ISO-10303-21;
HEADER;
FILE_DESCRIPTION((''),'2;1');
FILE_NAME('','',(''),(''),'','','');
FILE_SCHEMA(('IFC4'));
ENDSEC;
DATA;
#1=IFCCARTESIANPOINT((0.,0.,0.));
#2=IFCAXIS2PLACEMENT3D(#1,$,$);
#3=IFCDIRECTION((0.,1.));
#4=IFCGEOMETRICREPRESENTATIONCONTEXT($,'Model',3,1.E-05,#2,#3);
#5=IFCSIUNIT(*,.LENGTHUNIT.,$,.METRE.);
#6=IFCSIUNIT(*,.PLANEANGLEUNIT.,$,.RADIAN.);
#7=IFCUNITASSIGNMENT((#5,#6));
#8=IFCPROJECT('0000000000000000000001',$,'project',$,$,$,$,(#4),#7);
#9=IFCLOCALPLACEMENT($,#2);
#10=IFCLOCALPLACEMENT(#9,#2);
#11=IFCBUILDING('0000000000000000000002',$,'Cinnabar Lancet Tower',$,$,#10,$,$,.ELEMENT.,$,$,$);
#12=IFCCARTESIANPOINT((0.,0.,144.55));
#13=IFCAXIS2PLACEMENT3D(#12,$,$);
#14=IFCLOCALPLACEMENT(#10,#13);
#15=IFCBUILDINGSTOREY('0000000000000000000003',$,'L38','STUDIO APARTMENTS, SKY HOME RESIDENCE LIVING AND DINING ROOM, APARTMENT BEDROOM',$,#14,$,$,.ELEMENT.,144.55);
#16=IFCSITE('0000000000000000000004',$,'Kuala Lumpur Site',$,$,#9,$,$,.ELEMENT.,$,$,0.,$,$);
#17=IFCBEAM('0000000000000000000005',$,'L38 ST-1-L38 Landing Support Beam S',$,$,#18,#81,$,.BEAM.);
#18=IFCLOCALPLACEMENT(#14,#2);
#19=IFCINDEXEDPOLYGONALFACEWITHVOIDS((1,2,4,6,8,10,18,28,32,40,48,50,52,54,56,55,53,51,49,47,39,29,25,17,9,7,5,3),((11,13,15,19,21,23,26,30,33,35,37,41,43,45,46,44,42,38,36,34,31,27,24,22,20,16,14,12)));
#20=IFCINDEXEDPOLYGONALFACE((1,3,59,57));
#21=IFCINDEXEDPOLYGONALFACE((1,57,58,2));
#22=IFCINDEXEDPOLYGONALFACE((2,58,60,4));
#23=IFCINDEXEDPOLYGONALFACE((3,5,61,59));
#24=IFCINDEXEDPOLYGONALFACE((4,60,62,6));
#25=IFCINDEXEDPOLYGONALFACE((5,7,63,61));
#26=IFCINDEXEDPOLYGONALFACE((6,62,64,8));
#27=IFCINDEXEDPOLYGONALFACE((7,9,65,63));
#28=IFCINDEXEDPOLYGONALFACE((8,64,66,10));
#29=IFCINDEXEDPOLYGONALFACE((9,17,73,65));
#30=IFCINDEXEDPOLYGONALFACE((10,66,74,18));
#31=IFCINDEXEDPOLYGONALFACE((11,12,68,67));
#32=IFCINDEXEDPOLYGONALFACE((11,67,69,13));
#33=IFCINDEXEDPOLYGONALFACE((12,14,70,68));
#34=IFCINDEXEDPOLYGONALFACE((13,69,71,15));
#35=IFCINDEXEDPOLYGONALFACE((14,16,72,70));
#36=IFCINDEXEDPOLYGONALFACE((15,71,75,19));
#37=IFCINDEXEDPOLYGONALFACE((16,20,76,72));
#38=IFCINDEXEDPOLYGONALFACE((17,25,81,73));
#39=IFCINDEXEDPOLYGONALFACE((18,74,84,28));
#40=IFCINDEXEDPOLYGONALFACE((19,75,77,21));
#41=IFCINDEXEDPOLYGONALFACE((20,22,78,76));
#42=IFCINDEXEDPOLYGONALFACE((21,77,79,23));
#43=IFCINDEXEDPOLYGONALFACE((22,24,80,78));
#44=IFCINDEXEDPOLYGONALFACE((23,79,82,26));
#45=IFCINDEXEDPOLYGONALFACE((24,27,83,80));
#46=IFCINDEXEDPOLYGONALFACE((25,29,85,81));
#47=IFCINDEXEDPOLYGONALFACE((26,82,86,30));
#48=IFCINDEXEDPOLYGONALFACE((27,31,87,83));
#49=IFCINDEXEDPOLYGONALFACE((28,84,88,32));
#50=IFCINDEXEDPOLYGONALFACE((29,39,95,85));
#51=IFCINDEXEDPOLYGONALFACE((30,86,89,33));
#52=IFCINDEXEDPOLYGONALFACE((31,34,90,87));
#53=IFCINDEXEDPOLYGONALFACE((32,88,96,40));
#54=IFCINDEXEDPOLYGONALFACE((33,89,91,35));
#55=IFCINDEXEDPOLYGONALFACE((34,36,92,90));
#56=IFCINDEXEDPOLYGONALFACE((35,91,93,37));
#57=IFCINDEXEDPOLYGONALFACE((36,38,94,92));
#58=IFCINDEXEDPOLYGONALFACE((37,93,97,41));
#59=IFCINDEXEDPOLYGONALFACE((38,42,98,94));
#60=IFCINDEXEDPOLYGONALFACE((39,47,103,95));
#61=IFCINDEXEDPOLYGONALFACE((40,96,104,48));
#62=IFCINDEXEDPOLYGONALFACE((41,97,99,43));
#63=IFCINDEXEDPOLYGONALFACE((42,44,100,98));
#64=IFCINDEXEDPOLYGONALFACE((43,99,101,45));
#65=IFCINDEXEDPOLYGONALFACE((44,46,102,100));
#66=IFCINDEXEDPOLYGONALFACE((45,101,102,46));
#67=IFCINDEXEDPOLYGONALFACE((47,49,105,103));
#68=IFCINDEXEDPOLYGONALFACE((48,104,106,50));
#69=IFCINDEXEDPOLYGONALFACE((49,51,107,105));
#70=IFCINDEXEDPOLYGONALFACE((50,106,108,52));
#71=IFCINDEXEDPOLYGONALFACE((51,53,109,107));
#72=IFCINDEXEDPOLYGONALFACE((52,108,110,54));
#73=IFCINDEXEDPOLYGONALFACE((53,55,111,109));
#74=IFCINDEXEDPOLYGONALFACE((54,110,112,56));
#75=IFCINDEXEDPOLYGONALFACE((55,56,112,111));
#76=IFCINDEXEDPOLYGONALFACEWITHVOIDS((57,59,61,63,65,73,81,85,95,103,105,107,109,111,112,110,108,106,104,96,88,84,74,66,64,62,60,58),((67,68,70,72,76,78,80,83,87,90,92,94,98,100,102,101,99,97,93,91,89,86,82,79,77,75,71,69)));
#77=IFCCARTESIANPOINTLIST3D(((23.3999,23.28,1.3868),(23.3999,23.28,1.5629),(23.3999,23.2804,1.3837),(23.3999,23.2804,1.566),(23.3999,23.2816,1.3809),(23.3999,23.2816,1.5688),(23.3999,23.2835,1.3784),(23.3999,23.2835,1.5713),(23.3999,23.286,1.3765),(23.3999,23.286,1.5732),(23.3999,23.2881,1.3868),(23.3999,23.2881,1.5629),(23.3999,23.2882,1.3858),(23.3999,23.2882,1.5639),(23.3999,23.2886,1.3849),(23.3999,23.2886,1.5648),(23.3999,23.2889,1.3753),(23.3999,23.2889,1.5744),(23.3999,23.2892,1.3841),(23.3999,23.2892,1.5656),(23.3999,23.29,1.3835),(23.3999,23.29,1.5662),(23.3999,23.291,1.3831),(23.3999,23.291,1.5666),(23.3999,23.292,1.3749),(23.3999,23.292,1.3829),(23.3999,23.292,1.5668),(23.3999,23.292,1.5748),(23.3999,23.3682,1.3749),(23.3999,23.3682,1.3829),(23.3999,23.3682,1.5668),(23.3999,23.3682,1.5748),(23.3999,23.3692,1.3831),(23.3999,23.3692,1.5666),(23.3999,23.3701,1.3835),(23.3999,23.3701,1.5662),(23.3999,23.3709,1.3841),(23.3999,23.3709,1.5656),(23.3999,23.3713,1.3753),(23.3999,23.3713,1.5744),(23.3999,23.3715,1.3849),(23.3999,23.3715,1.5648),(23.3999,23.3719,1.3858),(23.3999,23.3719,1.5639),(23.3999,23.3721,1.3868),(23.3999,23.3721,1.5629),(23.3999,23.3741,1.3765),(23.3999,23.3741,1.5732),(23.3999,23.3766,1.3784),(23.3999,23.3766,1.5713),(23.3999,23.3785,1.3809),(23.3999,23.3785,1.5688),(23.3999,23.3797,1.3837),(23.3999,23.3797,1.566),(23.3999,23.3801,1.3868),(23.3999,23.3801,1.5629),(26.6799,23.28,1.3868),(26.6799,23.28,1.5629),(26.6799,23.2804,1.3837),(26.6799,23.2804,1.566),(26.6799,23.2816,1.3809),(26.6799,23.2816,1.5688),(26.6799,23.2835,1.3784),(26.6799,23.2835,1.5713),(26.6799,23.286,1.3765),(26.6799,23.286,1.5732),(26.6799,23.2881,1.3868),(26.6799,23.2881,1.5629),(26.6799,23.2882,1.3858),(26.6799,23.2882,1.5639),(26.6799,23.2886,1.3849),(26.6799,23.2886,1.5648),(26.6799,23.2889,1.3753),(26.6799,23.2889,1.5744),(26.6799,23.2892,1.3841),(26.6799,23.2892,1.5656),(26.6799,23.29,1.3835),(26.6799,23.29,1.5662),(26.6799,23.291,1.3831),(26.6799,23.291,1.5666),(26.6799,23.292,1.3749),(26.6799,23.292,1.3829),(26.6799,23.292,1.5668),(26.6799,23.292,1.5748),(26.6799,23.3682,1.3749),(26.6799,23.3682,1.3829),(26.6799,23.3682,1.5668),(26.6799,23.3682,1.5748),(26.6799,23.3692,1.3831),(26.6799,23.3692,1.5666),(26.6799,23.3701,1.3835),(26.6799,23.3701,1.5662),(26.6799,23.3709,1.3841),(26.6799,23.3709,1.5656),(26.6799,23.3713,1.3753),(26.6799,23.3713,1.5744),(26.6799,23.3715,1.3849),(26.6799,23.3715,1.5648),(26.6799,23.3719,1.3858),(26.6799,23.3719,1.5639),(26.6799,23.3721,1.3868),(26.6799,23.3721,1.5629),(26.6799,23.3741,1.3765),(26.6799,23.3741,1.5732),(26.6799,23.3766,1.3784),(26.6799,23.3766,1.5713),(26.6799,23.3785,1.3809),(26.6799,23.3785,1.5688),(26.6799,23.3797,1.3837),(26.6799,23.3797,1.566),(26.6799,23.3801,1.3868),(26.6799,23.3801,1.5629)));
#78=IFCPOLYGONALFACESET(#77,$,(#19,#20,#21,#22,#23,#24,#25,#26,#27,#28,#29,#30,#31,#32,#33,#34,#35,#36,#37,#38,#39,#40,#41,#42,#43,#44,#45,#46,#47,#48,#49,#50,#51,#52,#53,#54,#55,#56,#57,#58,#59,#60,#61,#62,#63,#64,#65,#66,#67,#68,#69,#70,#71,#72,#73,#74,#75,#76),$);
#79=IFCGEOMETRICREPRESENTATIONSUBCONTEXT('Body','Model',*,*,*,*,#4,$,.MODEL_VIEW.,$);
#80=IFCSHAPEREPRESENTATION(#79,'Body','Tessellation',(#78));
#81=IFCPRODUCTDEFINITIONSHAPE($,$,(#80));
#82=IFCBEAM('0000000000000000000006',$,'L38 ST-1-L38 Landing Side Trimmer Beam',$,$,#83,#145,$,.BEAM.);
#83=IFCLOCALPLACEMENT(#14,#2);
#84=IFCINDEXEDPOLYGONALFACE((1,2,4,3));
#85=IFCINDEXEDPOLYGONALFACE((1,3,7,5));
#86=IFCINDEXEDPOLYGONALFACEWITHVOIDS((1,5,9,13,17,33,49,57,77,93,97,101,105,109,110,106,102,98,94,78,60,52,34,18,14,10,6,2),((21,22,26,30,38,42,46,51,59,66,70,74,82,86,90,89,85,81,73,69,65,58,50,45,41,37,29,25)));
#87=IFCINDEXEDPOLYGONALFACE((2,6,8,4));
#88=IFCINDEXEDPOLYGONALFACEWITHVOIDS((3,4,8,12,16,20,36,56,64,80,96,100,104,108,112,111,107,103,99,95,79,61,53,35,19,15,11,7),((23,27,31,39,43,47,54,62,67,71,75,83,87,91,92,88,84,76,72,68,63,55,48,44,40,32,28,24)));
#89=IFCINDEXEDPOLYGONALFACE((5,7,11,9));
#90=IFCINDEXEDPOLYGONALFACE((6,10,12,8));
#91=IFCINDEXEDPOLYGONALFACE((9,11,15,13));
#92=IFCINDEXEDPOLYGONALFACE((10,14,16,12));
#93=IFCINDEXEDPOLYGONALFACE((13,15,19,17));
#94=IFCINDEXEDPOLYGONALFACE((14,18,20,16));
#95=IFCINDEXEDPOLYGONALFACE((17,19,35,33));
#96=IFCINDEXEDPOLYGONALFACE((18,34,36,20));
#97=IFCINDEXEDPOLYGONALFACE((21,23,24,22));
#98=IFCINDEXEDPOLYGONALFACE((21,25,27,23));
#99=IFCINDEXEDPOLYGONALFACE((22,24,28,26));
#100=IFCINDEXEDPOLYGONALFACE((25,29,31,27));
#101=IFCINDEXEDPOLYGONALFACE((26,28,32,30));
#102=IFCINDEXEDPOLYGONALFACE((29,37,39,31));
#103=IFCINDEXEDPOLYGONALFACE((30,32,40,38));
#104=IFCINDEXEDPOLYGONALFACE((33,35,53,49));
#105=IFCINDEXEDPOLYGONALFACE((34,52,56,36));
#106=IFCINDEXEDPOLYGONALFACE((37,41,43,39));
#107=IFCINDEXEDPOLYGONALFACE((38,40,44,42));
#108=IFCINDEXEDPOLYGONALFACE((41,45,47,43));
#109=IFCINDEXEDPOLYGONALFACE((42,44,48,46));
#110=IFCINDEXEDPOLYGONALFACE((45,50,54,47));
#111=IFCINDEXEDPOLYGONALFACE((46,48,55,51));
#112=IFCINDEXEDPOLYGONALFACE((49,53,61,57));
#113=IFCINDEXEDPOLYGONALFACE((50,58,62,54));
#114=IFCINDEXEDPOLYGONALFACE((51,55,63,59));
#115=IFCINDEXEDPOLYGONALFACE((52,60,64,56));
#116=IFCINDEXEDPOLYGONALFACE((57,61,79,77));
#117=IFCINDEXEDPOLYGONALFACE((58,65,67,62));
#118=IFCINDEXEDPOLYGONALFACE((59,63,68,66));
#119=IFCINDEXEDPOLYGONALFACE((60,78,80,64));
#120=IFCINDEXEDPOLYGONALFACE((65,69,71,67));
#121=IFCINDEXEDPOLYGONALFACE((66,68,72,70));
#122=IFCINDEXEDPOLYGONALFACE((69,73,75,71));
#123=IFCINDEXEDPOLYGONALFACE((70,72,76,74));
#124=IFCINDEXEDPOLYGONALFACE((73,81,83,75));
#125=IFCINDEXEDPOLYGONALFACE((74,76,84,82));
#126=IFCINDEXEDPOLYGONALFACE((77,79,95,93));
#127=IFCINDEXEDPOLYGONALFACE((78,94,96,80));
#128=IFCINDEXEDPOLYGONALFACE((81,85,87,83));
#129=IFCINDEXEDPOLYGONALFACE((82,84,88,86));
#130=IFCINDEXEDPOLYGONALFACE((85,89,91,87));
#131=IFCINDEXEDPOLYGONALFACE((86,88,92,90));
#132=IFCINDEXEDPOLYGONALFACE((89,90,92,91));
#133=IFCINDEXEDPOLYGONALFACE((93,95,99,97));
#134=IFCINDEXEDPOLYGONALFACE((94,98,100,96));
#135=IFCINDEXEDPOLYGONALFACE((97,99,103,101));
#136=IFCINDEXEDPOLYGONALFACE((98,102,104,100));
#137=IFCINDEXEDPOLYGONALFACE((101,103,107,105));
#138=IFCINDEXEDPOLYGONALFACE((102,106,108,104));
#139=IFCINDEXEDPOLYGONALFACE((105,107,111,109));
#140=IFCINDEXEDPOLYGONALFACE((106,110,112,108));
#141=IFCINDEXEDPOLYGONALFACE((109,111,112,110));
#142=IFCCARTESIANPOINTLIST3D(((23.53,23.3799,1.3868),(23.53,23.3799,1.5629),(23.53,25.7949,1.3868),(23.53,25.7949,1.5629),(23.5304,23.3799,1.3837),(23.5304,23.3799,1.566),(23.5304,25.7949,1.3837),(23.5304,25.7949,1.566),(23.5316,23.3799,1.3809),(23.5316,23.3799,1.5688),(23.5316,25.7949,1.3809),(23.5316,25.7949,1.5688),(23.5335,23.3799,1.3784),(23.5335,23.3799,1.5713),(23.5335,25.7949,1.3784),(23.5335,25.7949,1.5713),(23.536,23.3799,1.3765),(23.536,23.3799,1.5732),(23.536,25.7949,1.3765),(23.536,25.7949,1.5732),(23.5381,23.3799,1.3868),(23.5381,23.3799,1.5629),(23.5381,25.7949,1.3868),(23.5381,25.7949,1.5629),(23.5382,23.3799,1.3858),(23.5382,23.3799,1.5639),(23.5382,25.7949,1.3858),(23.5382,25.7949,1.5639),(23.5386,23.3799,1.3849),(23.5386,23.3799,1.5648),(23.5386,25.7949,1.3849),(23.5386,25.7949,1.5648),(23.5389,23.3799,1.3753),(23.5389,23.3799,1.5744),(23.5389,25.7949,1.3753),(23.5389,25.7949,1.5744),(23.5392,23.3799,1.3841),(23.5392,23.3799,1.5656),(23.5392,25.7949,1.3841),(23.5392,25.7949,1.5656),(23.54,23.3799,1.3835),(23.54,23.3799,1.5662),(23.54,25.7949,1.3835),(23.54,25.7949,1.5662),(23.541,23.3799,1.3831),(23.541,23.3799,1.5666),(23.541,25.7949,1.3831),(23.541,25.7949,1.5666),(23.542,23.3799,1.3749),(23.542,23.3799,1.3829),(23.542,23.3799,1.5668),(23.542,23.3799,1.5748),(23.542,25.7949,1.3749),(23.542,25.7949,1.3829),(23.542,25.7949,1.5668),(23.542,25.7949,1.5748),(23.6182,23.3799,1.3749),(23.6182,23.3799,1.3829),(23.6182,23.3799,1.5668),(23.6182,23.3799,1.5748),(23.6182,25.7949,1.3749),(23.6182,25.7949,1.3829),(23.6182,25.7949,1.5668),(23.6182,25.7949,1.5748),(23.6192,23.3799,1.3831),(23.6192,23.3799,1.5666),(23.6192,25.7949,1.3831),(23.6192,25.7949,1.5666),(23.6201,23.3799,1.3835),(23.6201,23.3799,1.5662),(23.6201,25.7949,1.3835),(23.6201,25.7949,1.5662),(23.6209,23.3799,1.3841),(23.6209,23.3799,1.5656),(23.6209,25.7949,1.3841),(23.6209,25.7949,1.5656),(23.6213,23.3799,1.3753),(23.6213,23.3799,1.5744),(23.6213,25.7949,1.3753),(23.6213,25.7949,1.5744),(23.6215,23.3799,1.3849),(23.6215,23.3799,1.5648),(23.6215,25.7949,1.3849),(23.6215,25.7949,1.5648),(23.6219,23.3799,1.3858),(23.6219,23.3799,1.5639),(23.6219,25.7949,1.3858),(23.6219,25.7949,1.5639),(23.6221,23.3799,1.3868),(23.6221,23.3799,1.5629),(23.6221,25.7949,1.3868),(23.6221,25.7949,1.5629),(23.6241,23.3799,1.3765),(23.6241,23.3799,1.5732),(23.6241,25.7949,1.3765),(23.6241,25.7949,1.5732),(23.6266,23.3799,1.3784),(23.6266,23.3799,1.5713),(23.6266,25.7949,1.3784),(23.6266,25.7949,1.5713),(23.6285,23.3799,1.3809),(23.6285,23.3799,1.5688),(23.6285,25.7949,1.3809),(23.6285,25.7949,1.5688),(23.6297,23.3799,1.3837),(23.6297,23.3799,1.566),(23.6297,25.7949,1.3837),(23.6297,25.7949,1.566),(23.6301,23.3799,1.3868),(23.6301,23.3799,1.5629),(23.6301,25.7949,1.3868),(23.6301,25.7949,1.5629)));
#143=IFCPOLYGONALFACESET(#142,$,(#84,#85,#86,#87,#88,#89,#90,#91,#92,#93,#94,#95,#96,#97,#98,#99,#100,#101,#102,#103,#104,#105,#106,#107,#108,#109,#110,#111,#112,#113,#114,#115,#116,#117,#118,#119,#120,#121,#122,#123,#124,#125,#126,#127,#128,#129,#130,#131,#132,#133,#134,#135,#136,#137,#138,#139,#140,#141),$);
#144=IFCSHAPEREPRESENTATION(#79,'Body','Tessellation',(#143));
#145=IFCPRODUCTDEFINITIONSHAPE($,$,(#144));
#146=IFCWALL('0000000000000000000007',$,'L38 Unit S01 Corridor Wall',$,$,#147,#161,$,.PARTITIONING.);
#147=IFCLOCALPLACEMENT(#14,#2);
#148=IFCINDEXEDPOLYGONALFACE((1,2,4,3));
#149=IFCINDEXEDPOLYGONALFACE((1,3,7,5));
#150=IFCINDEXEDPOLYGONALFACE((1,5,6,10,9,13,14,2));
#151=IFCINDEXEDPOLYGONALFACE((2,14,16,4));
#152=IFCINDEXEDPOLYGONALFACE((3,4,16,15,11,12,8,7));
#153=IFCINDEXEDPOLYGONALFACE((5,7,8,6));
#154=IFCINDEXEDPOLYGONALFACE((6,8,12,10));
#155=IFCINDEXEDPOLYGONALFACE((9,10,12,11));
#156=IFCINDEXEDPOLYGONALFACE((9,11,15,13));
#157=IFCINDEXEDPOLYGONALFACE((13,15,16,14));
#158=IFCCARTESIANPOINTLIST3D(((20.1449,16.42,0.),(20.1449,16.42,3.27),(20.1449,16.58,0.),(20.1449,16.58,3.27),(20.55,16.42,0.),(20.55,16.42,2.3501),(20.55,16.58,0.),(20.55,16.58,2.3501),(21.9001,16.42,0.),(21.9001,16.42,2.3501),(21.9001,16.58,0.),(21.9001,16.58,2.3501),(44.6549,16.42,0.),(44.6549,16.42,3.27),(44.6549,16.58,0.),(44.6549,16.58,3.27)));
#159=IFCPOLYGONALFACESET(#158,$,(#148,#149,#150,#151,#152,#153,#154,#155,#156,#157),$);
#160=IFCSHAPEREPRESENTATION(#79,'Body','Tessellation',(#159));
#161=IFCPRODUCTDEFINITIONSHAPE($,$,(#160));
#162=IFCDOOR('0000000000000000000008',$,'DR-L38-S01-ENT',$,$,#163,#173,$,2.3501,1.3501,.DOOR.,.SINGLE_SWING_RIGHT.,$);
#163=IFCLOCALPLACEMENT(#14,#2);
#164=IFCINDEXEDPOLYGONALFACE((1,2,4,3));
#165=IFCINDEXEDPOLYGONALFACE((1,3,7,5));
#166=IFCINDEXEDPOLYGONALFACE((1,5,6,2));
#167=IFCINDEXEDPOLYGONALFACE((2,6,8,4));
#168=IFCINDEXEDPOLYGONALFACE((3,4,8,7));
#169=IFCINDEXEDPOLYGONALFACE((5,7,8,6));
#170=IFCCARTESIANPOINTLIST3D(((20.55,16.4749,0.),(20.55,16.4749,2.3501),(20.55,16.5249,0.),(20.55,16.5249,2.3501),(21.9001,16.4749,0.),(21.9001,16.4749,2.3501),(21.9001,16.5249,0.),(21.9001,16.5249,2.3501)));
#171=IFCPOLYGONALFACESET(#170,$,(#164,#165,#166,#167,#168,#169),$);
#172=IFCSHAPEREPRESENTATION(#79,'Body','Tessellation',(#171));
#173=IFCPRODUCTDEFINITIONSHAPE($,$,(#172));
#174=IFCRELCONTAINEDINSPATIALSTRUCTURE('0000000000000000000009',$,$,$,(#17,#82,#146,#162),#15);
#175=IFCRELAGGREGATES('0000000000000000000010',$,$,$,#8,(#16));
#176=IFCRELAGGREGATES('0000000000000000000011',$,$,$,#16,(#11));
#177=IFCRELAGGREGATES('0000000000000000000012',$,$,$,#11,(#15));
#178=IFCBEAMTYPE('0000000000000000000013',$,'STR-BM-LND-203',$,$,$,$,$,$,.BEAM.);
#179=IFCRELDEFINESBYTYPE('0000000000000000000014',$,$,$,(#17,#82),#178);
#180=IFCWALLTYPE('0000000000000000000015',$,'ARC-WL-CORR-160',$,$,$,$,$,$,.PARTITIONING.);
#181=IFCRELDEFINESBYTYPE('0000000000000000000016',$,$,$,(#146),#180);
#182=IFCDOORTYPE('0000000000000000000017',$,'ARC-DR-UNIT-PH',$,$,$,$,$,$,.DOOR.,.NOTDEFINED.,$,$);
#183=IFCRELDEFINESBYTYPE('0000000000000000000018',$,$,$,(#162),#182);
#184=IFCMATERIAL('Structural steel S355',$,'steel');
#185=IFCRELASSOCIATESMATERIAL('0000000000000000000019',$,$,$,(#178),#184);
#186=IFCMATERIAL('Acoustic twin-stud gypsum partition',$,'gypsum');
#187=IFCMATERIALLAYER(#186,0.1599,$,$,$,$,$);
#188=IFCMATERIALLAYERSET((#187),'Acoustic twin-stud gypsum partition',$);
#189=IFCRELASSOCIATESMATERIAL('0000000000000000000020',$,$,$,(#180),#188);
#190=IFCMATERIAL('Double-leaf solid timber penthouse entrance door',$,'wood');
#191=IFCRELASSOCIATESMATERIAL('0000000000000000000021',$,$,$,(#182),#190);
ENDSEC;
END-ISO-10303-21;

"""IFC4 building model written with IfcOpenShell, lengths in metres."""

from ifc_helpers import new_model, si_unit, direction, frame, frame_2d, origin, origin_2d, place, context, subcontext, project, spatial, rectangle, hollow_rectangle, extrude, material, layer, layer_set, material_profile, profile_set, type_object, element, fill, save


model = new_model("IFC4")

# Units and contexts
model_context = context("Model", 3, precision=1e-05, world=origin(), true_north=direction((0.0, 1.0)))
body_context = subcontext(model_context, "Body", "Model", "MODEL_VIEW")
ifc_project = project(units=[si_unit("LENGTHUNIT", "METRE"), si_unit("PLANEANGLEUNIT", "RADIAN")], contexts=[model_context])

# Site, building, storey
site_placement = place(None, origin())
site = spatial("IfcSite", under=ifc_project, at=site_placement, Name="Kuala Lumpur Site", CompositionType="ELEMENT", RefElevation=0.0)
building_placement = place(site_placement, origin())
building = spatial("IfcBuilding", under=site, at=building_placement, Name="Cinnabar Lancet Tower", CompositionType="ELEMENT")
storey_placement = place(building_placement, frame((0.0, 0.0, 144.55)))
storey = spatial("IfcBuildingStorey", under=building, at=storey_placement, Name="L38", Description="STUDIO APARTMENTS, SKY HOME RESIDENCE LIVING AND DINING ROOM, APARTMENT BEDROOM", CompositionType="ELEMENT", Elevation=144.55)

# Beams
ifc_material_1 = material(Name="Structural steel S355", Category="steel")
ifc_material_profile_1 = material_profile(ifc_material_1, hollow_rectangle(XDim=0.1001, YDim=0.2, WallThickness=0.0081, InnerFilletRadius=0.0039, OuterFilletRadius=0.012, at=origin_2d()), Name="RHS 200x100x8")
ifc_profile_set_1 = profile_set([ifc_material_profile_1], Name="Structural steel S355")
beam_type_1 = type_object("IfcBeamType", Name="STR-BM-LND-203", PredefinedType="BEAM", material=ifc_profile_set_1)
beam_1_placement = place(storey_placement, frame((23.3999, 23.3301, 1.4749), z_axis=(1.0, 0.0, 0.0), x_axis=(0.0, 1.0, 0.0)))
element("IfcBeam", 1, at=beam_1_placement, inside=storey, type_object=beam_type_1, Name="L38 ST-1-L38 Landing Support Beam S", PredefinedType="BEAM", context=body_context, shape_type="SweptSolid", body=[
    extrude(hollow_rectangle(XDim=0.1001, YDim=0.2, WallThickness=0.0081, InnerFilletRadius=0.0039, OuterFilletRadius=0.012, at=origin_2d()), origin(), (0.0, 0.0, 1.0), 3.28),
])
beam_2_placement = place(storey_placement, frame((23.5801, 23.3799, 1.4749), z_axis=(0.0, 1.0, 0.0), x_axis=(-1.0, 0.0, 0.0)))
element("IfcBeam", 2, at=beam_2_placement, inside=storey, type_object=beam_type_1, Name="L38 ST-1-L38 Landing Side Trimmer Beam", PredefinedType="BEAM", context=body_context, shape_type="SweptSolid", body=[
    extrude(hollow_rectangle(XDim=0.1001, YDim=0.2, WallThickness=0.0081, InnerFilletRadius=0.0039, OuterFilletRadius=0.012, at=origin_2d()), origin(), (0.0, 0.0, 1.0), 2.415),
])

# Wall, opening, door
ifc_material_2 = material(Name="Acoustic twin-stud gypsum partition", Category="gypsum")
ifc_layer_1 = layer(ifc_material_2, 0.1599)
ifc_layer_set_1 = layer_set([ifc_layer_1], Name="Acoustic twin-stud gypsum partition")
wall_type_1 = type_object("IfcWallType", Name="ARC-WL-CORR-160", PredefinedType="PARTITIONING", material=ifc_layer_set_1)
wall_1_placement = place(storey_placement, frame((20.145, 16.5, 0.0), z_axis=(0.0, 0.0, 1.0), x_axis=(1.0, 0.0, 0.0)))
wall_1 = element("IfcWall", 3, at=wall_1_placement, inside=storey, type_object=wall_type_1, Name="L38 Unit S01 Corridor Wall", PredefinedType="PARTITIONING", context=body_context, shape_type="SweptSolid", body=[
    extrude(rectangle(XDim=24.51, YDim=0.1599, at=frame_2d((12.2549, 0.0))), origin(), (0.0, 0.0, 1.0), 3.27),
])
opening_1_placement = place(wall_1_placement, frame((0.405, 0.0, 0.0)))
opening_1 = element("IfcOpeningElement", 4, at=opening_1_placement, cuts=wall_1, PredefinedType="OPENING", context=body_context, shape_type="SweptSolid", body=[
    extrude(rectangle(XDim=1.3501, YDim=2.3501, at=frame_2d((0.675, 1.175))), frame((0.0, 0.0898, 0.0), z_axis=(0.0, -1.0, 0.0), x_axis=(1.0, 0.0, 0.0)), (0.0, 0.0, 1.0), 0.1799),
])
ifc_material_3 = material(Name="Double-leaf solid timber penthouse entrance door", Category="wood")
door_type_1 = type_object("IfcDoorType", Name="ARC-DR-UNIT-PH", OperationType="NOTDEFINED", PredefinedType="DOOR", material=ifc_material_3)
door_1_placement = place(opening_1_placement, origin())
door_1 = element("IfcDoor", 5, at=door_1_placement, inside=storey, type_object=door_type_1, Name="DR-L38-S01-ENT", OperationType="SINGLE_SWING_RIGHT", OverallHeight=2.3501, OverallWidth=1.3501, PredefinedType="DOOR", context=body_context, shape_type="SweptSolid", body=[
    extrude(rectangle(XDim=1.3501, YDim=2.3501, at=frame_2d((0.675, 1.175))), frame((0.0, 0.0249, 0.0), z_axis=(0.0, -1.0, 0.0), x_axis=(1.0, 0.0, 0.0)), (0.0, 0.0, 1.0), 0.05),
])
fill(opening_1, door_1)

save(model, "model.ifc")
